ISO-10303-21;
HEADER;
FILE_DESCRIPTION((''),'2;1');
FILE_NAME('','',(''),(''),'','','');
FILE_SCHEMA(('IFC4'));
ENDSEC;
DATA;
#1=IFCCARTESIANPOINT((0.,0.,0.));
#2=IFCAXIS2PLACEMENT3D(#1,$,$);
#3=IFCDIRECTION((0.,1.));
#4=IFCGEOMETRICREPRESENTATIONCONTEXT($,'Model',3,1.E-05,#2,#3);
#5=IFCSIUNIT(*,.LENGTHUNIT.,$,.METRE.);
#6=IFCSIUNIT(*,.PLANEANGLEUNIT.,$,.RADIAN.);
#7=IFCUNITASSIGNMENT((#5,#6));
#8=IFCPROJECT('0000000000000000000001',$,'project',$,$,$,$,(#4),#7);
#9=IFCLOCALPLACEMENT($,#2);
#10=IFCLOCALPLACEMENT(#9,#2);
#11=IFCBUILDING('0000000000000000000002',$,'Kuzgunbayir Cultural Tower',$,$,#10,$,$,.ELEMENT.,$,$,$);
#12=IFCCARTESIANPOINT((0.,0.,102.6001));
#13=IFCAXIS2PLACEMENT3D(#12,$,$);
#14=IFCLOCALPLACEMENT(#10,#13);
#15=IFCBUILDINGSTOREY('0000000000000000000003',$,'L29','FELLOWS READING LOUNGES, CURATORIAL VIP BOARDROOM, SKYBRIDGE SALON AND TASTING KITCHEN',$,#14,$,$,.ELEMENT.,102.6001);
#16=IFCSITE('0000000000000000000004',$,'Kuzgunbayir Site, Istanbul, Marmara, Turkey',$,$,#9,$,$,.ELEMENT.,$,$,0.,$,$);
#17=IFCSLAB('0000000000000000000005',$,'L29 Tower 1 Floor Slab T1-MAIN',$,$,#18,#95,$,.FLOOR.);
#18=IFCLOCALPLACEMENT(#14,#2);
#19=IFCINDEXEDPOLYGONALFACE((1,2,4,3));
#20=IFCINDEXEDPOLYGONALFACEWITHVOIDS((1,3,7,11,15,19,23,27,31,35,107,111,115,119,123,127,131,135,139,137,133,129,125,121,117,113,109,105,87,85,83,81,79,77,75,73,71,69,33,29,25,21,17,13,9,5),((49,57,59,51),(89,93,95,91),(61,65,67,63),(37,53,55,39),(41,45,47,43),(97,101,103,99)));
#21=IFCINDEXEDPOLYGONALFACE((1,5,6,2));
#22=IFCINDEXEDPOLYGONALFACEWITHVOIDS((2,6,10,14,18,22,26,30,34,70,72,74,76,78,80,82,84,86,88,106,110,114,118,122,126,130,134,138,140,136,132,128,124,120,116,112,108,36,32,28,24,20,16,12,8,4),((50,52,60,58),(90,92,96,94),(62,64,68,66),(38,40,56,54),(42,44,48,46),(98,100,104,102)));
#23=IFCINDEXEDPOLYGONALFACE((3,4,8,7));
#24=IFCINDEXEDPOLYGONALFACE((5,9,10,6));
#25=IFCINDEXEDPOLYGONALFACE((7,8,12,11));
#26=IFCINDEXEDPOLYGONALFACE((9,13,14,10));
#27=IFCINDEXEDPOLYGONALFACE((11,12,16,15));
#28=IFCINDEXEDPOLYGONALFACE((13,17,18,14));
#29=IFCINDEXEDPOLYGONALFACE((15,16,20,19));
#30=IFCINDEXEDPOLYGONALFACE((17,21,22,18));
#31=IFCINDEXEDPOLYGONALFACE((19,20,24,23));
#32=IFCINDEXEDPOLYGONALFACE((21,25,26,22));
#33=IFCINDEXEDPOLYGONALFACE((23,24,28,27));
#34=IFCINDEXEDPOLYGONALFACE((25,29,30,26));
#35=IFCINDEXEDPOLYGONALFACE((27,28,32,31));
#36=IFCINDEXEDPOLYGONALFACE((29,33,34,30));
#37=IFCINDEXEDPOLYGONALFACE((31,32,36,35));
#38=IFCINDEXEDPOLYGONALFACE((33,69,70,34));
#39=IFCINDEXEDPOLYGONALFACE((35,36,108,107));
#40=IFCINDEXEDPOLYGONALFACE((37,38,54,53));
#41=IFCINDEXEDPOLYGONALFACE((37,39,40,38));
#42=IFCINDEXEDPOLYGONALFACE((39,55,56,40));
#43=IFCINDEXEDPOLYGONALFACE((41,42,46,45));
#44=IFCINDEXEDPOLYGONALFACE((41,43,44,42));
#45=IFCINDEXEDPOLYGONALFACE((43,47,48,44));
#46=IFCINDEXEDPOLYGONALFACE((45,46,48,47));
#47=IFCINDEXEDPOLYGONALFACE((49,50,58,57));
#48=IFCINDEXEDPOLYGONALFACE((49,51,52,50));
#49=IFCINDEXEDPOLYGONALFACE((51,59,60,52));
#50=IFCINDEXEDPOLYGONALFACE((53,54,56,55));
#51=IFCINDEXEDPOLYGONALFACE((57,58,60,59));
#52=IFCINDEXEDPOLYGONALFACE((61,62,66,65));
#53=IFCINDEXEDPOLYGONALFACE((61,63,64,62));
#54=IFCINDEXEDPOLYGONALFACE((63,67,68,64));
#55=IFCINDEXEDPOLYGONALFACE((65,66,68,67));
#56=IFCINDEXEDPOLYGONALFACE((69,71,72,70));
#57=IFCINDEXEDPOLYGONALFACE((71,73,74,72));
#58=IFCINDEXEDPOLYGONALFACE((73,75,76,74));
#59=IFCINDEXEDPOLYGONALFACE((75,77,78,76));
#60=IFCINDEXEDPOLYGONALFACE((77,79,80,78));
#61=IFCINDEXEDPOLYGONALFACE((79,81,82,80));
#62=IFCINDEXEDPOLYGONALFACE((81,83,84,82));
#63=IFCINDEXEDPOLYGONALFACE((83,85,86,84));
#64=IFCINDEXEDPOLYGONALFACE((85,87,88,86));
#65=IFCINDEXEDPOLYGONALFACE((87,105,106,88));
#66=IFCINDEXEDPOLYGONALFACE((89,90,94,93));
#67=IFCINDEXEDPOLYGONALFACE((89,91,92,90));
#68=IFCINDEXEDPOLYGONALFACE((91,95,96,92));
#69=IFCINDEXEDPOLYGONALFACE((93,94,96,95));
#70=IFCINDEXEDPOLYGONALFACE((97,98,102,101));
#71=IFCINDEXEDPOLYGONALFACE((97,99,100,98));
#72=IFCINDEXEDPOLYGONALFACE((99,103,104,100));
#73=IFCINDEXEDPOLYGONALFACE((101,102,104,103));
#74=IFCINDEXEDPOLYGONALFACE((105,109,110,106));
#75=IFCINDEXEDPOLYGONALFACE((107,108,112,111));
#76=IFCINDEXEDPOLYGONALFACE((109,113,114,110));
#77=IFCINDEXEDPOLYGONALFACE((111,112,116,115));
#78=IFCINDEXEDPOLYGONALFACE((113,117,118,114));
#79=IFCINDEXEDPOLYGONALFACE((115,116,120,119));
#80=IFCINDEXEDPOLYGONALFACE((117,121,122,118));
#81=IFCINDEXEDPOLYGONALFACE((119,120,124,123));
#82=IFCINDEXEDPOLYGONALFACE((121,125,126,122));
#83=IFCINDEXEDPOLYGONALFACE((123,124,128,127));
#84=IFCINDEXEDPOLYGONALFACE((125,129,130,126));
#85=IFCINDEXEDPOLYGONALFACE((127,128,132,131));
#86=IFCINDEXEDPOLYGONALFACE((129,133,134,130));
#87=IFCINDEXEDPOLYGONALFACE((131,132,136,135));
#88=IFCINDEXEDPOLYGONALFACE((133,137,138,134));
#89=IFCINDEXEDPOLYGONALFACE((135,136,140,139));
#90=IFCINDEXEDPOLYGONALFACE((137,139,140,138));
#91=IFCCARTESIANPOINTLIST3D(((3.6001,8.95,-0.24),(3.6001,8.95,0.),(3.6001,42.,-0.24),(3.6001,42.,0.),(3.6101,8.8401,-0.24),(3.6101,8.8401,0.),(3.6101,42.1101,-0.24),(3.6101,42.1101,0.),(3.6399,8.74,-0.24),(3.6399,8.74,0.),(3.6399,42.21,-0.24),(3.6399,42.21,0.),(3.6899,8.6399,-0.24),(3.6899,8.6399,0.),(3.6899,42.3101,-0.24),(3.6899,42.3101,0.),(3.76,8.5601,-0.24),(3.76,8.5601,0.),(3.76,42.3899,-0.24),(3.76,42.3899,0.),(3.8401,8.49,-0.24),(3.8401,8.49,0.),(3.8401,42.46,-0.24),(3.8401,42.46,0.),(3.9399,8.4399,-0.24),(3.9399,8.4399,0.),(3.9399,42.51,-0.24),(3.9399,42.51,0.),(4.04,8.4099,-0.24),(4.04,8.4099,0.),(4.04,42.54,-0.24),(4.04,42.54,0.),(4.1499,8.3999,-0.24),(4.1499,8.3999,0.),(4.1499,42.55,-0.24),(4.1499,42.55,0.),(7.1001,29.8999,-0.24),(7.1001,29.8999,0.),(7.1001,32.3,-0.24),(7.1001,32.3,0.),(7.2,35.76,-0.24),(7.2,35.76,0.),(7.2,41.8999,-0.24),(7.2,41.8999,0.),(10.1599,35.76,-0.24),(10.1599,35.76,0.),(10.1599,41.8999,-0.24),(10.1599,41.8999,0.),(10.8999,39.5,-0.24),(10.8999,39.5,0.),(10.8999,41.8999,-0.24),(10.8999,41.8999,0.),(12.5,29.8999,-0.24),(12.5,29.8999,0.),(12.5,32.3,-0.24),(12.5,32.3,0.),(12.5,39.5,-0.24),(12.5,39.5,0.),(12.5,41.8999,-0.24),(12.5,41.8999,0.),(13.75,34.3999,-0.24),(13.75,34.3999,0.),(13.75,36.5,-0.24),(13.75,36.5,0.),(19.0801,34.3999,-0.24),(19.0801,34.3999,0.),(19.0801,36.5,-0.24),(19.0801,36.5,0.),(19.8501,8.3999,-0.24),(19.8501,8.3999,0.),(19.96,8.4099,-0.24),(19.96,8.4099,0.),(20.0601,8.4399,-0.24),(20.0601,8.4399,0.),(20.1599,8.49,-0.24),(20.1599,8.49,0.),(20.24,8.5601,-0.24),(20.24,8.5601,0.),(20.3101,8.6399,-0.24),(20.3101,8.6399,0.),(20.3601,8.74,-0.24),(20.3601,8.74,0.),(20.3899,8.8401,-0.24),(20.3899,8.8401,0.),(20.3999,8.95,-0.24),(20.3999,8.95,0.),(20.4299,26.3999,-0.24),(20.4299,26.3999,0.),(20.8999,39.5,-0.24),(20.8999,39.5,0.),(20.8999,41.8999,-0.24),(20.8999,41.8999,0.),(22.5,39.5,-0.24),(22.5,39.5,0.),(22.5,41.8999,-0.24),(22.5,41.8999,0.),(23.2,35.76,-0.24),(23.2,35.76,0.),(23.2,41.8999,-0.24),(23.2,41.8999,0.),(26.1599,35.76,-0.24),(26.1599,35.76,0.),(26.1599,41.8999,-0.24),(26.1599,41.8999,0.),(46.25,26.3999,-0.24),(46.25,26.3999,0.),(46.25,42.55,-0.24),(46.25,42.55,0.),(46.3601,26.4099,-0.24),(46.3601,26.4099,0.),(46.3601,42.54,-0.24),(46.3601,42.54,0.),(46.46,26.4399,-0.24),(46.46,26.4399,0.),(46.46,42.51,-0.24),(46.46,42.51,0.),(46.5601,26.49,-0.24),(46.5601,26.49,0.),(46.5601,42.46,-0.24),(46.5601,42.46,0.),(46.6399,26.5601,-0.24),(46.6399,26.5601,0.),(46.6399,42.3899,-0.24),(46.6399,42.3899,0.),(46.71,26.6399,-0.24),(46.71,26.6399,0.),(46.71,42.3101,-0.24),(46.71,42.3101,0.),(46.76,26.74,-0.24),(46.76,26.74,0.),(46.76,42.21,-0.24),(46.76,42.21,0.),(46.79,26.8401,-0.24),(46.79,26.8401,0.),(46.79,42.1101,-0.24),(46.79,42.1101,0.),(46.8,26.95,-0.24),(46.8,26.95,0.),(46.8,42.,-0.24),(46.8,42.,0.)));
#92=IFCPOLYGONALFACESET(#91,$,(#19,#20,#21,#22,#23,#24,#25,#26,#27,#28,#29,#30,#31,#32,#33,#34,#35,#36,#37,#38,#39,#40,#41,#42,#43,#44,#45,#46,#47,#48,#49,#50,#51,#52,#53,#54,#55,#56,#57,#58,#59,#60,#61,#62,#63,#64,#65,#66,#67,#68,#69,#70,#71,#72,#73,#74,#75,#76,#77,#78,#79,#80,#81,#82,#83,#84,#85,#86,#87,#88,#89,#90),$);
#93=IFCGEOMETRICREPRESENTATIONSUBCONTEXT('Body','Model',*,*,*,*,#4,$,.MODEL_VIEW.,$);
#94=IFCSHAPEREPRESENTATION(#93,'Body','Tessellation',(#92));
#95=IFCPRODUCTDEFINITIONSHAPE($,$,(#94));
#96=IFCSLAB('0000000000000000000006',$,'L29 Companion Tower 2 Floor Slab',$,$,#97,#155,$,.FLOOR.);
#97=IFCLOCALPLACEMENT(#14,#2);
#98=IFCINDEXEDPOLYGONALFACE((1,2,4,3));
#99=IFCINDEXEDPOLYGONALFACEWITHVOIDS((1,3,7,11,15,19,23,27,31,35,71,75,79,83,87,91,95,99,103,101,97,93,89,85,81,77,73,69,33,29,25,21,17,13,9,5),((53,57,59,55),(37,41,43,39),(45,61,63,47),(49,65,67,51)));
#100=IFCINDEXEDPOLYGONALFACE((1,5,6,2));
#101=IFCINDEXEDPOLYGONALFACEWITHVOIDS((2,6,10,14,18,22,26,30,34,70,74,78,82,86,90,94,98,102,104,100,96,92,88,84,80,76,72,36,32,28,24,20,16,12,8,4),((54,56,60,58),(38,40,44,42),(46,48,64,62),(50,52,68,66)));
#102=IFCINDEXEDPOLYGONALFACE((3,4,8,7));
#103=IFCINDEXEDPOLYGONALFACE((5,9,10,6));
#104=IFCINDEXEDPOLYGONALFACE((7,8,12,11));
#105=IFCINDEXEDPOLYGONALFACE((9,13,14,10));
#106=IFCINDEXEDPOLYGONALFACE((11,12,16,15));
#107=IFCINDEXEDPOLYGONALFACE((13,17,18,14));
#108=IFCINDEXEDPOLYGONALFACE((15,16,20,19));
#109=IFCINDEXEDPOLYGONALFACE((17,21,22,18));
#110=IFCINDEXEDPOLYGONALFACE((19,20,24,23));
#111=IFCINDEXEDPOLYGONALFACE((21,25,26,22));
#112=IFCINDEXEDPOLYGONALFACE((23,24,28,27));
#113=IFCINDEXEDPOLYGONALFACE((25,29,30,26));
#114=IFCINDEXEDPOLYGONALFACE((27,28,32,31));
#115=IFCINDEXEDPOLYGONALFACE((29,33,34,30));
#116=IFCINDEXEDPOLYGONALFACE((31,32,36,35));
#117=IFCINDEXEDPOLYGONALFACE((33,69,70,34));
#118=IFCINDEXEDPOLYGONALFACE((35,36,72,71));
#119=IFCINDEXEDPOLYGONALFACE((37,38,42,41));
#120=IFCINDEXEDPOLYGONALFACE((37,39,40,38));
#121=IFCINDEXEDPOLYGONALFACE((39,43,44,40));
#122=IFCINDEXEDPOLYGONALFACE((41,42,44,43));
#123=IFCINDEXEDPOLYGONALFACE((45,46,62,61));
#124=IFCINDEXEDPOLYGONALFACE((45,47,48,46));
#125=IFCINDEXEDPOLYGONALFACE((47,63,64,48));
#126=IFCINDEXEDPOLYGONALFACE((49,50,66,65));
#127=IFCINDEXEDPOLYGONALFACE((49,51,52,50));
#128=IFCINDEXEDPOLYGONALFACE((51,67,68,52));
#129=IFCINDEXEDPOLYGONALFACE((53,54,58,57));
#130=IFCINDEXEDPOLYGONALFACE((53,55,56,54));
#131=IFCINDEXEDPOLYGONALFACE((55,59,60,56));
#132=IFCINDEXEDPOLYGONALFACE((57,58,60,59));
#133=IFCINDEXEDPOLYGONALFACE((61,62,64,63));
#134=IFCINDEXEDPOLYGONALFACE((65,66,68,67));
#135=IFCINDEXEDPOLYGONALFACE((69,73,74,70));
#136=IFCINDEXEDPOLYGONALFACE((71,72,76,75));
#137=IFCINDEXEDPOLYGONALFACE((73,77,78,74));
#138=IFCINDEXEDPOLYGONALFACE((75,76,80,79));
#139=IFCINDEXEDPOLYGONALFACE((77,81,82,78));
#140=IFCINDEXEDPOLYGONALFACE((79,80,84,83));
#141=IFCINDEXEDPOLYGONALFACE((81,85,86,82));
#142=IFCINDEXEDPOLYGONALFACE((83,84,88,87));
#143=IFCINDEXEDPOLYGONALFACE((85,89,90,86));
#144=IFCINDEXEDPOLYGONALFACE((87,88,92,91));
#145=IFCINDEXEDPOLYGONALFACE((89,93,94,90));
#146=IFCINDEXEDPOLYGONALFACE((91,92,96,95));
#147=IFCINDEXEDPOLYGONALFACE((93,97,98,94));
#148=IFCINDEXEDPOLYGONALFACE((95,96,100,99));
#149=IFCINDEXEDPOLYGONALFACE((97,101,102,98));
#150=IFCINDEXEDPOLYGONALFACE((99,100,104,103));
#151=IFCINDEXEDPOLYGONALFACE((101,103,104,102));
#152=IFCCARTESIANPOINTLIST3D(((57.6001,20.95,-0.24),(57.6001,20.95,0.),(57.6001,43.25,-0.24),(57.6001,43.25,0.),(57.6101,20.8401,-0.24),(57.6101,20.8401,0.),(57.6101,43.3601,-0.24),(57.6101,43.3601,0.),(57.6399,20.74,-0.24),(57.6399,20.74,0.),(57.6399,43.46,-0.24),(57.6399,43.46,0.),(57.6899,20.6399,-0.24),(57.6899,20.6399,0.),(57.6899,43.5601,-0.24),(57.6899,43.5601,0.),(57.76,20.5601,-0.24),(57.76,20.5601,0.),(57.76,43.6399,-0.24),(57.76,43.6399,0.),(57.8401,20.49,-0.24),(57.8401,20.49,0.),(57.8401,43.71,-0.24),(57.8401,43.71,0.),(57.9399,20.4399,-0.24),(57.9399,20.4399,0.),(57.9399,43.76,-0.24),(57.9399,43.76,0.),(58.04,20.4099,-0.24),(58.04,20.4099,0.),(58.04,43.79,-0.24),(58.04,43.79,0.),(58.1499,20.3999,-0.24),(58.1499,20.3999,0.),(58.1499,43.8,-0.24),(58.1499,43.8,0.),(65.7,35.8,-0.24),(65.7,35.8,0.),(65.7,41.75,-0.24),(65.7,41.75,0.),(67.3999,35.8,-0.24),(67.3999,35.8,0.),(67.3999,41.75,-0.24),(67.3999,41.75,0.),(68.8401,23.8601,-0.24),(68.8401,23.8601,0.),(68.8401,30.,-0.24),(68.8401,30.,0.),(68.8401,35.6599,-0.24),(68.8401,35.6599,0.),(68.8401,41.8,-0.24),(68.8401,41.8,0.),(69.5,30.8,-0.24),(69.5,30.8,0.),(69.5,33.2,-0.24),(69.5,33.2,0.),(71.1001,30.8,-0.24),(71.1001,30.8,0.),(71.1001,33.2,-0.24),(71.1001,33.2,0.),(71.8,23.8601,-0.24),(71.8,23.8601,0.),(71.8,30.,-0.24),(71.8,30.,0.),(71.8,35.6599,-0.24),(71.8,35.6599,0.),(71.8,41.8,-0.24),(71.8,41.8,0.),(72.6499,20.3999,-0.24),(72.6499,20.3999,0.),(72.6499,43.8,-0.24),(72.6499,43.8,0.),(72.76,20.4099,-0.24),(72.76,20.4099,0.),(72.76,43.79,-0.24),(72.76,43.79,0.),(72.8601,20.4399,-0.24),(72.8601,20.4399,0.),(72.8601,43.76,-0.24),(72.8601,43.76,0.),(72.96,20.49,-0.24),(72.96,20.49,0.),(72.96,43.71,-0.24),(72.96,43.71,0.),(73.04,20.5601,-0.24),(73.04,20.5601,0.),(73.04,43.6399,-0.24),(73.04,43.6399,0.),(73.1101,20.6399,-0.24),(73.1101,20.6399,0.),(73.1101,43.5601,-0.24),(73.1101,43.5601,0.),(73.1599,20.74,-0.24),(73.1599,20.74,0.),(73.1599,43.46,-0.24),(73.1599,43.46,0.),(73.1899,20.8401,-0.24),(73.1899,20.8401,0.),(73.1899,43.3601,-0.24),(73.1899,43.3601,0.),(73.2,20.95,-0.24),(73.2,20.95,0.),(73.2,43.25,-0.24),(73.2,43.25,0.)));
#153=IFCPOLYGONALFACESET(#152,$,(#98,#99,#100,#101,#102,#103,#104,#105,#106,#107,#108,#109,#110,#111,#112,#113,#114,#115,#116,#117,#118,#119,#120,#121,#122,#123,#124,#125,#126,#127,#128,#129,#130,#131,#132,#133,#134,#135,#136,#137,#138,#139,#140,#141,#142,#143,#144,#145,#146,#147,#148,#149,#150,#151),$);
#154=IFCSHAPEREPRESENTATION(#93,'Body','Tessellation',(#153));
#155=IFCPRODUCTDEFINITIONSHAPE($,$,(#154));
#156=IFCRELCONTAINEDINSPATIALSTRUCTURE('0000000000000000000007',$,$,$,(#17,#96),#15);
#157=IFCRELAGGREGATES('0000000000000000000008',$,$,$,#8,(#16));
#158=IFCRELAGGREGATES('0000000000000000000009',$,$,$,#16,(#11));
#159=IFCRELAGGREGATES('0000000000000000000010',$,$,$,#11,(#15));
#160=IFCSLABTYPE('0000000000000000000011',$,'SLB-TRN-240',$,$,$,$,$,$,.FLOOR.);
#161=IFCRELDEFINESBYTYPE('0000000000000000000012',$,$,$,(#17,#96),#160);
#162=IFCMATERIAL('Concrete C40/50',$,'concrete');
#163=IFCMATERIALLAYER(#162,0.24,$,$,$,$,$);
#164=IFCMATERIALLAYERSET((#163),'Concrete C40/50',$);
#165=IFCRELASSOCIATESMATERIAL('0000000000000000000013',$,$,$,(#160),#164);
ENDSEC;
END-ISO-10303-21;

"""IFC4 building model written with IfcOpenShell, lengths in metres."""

from ifc_helpers import new_model, si_unit, direction, frame, origin, place, context, subcontext, project, spatial, polyline, outline, extrude, material, layer, layer_set, type_object, element, save


model = new_model("IFC4")

# Units and contexts
model_context = context("Model", 3, precision=1e-05, world=origin(), true_north=direction((0.0, 1.0)))
body_context = subcontext(model_context, "Body", "Model", "MODEL_VIEW")
ifc_project = project(units=[si_unit("LENGTHUNIT", "METRE"), si_unit("PLANEANGLEUNIT", "RADIAN")], contexts=[model_context])

# Site, building, storey
site_placement = place(None, origin())
site = spatial("IfcSite", under=ifc_project, at=site_placement, Name="Kuzgunbayir Site, Istanbul, Marmara, Turkey", CompositionType="ELEMENT", RefElevation=0.0)
building_placement = place(site_placement, origin())
building = spatial("IfcBuilding", under=site, at=building_placement, Name="Kuzgunbayir Cultural Tower", CompositionType="ELEMENT")
storey_placement = place(building_placement, frame((0.0, 0.0, 102.6001)))
storey = spatial("IfcBuildingStorey", under=building, at=storey_placement, Name="L29", Description="FELLOWS READING LOUNGES, CURATORIAL VIP BOARDROOM, SKYBRIDGE SALON AND TASTING KITCHEN", CompositionType="ELEMENT", Elevation=102.6001)

# Shared definitions
ifc_material_1 = material(Name="Concrete C40/50", Category="concrete")

# Slabs
ifc_layer_1 = layer(ifc_material_1, 0.24)
ifc_layer_set_1 = layer_set([ifc_layer_1], Name="Concrete C40/50")
slab_type_1 = type_object("IfcSlabType", Name="SLB-TRN-240", PredefinedType="FLOOR", material=ifc_layer_set_1)
slab_1_placement = place(storey_placement, frame((0.0, 0.0, -0.24)))
element("IfcSlab", 1, at=slab_1_placement, inside=storey, type_object=slab_type_1, Name="L29 Tower 1 Floor Slab T1-MAIN", PredefinedType="FLOOR", context=body_context, shape_type="SweptSolid", body=[
    extrude(outline(polyline([(20.3999, 8.95), (20.3899, 8.8401), (20.3601, 8.74), (20.3101, 8.6399), (20.24, 8.5601), (20.1599, 8.49), (20.0601, 8.4399), (19.96, 8.4099), (19.8501, 8.3999), (4.1499, 8.3999), (4.04, 8.4099), (3.9399, 8.4399), (3.8401, 8.49), (3.76, 8.5601), (3.6899, 8.6399), (3.6399, 8.74), (3.6101, 8.8401), (3.6001, 8.95), (3.6001, 42.0), (3.6101, 42.1101), (3.6399, 42.21), (3.6899, 42.3101), (3.76, 42.3899), (3.8401, 42.46), (3.9399, 42.51), (4.04, 42.54), (4.1499, 42.55), (46.25, 42.55), (46.3601, 42.54), (46.46, 42.51), (46.5601, 42.46), (46.6399, 42.3899), (46.71, 42.3101), (46.76, 42.21), (46.79, 42.1101), (46.8, 42.0), (46.8, 26.95), (46.79, 26.8401), (46.76, 26.74), (46.71, 26.6399), (46.6399, 26.5601), (46.5601, 26.49), (46.46, 26.4399), (46.3601, 26.4099), (46.25, 26.3999), (20.4299, 26.3999), (20.3999, 8.95)]), holes=[polyline([(7.2, 35.76), (7.2, 41.8999), (10.1599, 41.8999), (10.1599, 35.76), (7.2, 35.76)]), polyline([(23.2, 35.76), (23.2, 41.8999), (26.1599, 41.8999), (26.1599, 35.76), (23.2, 35.76)]), polyline([(13.75, 34.3999), (13.75, 36.5), (19.0801, 36.5), (19.0801, 34.3999), (13.75, 34.3999)]), polyline([(7.1001, 29.8999), (7.1001, 32.3), (12.5, 32.3), (12.5, 29.8999), (7.1001, 29.8999)]), polyline([(10.8999, 39.5), (10.8999, 41.8999), (12.5, 41.8999), (12.5, 39.5), (10.8999, 39.5)]), polyline([(20.8999, 39.5), (20.8999, 41.8999), (22.5, 41.8999), (22.5, 39.5), (20.8999, 39.5)])]), origin(), (0.0, 0.0, 1.0), 0.24),
])
slab_2_placement = place(storey_placement, frame((0.0, 0.0, -0.24)))
element("IfcSlab", 2, at=slab_2_placement, inside=storey, type_object=slab_type_1, Name="L29 Companion Tower 2 Floor Slab", PredefinedType="FLOOR", context=body_context, shape_type="SweptSolid", body=[
    extrude(outline(polyline([(72.6499, 20.3999), (72.76, 20.4099), (72.8601, 20.4399), (72.96, 20.49), (73.04, 20.5601), (73.1101, 20.6399), (73.1599, 20.74), (73.1899, 20.8401), (73.2, 20.95), (73.2, 43.25), (73.1899, 43.3601), (73.1599, 43.46), (73.1101, 43.5601), (73.04, 43.6399), (72.96, 43.71), (72.8601, 43.76), (72.76, 43.79), (72.6499, 43.8), (58.1499, 43.8), (58.04, 43.79), (57.9399, 43.76), (57.8401, 43.71), (57.76, 43.6399), (57.6899, 43.5601), (57.6399, 43.46), (57.6101, 43.3601), (57.6001, 43.25), (57.6001, 20.95), (57.6101, 20.8401), (57.6399, 20.74), (57.6899, 20.6399), (57.76, 20.5601), (57.8401, 20.49), (57.9399, 20.4399), (58.04, 20.4099), (58.1499, 20.3999), (72.6499, 20.3999)]), holes=[polyline([(68.8401, 23.8601), (68.8401, 30.0), (71.8, 30.0), (71.8, 23.8601), (68.8401, 23.8601)]), polyline([(68.8401, 35.6599), (68.8401, 41.8), (71.8, 41.8), (71.8, 35.6599), (68.8401, 35.6599)]), polyline([(65.7, 35.8), (65.7, 41.75), (67.3999, 41.75), (67.3999, 35.8), (65.7, 35.8)]), polyline([(69.5, 30.8), (69.5, 33.2), (71.1001, 33.2), (71.1001, 30.8), (69.5, 30.8)])]), origin(), (0.0, 0.0, 1.0), 0.24),
])

save(model, "model.ifc")
